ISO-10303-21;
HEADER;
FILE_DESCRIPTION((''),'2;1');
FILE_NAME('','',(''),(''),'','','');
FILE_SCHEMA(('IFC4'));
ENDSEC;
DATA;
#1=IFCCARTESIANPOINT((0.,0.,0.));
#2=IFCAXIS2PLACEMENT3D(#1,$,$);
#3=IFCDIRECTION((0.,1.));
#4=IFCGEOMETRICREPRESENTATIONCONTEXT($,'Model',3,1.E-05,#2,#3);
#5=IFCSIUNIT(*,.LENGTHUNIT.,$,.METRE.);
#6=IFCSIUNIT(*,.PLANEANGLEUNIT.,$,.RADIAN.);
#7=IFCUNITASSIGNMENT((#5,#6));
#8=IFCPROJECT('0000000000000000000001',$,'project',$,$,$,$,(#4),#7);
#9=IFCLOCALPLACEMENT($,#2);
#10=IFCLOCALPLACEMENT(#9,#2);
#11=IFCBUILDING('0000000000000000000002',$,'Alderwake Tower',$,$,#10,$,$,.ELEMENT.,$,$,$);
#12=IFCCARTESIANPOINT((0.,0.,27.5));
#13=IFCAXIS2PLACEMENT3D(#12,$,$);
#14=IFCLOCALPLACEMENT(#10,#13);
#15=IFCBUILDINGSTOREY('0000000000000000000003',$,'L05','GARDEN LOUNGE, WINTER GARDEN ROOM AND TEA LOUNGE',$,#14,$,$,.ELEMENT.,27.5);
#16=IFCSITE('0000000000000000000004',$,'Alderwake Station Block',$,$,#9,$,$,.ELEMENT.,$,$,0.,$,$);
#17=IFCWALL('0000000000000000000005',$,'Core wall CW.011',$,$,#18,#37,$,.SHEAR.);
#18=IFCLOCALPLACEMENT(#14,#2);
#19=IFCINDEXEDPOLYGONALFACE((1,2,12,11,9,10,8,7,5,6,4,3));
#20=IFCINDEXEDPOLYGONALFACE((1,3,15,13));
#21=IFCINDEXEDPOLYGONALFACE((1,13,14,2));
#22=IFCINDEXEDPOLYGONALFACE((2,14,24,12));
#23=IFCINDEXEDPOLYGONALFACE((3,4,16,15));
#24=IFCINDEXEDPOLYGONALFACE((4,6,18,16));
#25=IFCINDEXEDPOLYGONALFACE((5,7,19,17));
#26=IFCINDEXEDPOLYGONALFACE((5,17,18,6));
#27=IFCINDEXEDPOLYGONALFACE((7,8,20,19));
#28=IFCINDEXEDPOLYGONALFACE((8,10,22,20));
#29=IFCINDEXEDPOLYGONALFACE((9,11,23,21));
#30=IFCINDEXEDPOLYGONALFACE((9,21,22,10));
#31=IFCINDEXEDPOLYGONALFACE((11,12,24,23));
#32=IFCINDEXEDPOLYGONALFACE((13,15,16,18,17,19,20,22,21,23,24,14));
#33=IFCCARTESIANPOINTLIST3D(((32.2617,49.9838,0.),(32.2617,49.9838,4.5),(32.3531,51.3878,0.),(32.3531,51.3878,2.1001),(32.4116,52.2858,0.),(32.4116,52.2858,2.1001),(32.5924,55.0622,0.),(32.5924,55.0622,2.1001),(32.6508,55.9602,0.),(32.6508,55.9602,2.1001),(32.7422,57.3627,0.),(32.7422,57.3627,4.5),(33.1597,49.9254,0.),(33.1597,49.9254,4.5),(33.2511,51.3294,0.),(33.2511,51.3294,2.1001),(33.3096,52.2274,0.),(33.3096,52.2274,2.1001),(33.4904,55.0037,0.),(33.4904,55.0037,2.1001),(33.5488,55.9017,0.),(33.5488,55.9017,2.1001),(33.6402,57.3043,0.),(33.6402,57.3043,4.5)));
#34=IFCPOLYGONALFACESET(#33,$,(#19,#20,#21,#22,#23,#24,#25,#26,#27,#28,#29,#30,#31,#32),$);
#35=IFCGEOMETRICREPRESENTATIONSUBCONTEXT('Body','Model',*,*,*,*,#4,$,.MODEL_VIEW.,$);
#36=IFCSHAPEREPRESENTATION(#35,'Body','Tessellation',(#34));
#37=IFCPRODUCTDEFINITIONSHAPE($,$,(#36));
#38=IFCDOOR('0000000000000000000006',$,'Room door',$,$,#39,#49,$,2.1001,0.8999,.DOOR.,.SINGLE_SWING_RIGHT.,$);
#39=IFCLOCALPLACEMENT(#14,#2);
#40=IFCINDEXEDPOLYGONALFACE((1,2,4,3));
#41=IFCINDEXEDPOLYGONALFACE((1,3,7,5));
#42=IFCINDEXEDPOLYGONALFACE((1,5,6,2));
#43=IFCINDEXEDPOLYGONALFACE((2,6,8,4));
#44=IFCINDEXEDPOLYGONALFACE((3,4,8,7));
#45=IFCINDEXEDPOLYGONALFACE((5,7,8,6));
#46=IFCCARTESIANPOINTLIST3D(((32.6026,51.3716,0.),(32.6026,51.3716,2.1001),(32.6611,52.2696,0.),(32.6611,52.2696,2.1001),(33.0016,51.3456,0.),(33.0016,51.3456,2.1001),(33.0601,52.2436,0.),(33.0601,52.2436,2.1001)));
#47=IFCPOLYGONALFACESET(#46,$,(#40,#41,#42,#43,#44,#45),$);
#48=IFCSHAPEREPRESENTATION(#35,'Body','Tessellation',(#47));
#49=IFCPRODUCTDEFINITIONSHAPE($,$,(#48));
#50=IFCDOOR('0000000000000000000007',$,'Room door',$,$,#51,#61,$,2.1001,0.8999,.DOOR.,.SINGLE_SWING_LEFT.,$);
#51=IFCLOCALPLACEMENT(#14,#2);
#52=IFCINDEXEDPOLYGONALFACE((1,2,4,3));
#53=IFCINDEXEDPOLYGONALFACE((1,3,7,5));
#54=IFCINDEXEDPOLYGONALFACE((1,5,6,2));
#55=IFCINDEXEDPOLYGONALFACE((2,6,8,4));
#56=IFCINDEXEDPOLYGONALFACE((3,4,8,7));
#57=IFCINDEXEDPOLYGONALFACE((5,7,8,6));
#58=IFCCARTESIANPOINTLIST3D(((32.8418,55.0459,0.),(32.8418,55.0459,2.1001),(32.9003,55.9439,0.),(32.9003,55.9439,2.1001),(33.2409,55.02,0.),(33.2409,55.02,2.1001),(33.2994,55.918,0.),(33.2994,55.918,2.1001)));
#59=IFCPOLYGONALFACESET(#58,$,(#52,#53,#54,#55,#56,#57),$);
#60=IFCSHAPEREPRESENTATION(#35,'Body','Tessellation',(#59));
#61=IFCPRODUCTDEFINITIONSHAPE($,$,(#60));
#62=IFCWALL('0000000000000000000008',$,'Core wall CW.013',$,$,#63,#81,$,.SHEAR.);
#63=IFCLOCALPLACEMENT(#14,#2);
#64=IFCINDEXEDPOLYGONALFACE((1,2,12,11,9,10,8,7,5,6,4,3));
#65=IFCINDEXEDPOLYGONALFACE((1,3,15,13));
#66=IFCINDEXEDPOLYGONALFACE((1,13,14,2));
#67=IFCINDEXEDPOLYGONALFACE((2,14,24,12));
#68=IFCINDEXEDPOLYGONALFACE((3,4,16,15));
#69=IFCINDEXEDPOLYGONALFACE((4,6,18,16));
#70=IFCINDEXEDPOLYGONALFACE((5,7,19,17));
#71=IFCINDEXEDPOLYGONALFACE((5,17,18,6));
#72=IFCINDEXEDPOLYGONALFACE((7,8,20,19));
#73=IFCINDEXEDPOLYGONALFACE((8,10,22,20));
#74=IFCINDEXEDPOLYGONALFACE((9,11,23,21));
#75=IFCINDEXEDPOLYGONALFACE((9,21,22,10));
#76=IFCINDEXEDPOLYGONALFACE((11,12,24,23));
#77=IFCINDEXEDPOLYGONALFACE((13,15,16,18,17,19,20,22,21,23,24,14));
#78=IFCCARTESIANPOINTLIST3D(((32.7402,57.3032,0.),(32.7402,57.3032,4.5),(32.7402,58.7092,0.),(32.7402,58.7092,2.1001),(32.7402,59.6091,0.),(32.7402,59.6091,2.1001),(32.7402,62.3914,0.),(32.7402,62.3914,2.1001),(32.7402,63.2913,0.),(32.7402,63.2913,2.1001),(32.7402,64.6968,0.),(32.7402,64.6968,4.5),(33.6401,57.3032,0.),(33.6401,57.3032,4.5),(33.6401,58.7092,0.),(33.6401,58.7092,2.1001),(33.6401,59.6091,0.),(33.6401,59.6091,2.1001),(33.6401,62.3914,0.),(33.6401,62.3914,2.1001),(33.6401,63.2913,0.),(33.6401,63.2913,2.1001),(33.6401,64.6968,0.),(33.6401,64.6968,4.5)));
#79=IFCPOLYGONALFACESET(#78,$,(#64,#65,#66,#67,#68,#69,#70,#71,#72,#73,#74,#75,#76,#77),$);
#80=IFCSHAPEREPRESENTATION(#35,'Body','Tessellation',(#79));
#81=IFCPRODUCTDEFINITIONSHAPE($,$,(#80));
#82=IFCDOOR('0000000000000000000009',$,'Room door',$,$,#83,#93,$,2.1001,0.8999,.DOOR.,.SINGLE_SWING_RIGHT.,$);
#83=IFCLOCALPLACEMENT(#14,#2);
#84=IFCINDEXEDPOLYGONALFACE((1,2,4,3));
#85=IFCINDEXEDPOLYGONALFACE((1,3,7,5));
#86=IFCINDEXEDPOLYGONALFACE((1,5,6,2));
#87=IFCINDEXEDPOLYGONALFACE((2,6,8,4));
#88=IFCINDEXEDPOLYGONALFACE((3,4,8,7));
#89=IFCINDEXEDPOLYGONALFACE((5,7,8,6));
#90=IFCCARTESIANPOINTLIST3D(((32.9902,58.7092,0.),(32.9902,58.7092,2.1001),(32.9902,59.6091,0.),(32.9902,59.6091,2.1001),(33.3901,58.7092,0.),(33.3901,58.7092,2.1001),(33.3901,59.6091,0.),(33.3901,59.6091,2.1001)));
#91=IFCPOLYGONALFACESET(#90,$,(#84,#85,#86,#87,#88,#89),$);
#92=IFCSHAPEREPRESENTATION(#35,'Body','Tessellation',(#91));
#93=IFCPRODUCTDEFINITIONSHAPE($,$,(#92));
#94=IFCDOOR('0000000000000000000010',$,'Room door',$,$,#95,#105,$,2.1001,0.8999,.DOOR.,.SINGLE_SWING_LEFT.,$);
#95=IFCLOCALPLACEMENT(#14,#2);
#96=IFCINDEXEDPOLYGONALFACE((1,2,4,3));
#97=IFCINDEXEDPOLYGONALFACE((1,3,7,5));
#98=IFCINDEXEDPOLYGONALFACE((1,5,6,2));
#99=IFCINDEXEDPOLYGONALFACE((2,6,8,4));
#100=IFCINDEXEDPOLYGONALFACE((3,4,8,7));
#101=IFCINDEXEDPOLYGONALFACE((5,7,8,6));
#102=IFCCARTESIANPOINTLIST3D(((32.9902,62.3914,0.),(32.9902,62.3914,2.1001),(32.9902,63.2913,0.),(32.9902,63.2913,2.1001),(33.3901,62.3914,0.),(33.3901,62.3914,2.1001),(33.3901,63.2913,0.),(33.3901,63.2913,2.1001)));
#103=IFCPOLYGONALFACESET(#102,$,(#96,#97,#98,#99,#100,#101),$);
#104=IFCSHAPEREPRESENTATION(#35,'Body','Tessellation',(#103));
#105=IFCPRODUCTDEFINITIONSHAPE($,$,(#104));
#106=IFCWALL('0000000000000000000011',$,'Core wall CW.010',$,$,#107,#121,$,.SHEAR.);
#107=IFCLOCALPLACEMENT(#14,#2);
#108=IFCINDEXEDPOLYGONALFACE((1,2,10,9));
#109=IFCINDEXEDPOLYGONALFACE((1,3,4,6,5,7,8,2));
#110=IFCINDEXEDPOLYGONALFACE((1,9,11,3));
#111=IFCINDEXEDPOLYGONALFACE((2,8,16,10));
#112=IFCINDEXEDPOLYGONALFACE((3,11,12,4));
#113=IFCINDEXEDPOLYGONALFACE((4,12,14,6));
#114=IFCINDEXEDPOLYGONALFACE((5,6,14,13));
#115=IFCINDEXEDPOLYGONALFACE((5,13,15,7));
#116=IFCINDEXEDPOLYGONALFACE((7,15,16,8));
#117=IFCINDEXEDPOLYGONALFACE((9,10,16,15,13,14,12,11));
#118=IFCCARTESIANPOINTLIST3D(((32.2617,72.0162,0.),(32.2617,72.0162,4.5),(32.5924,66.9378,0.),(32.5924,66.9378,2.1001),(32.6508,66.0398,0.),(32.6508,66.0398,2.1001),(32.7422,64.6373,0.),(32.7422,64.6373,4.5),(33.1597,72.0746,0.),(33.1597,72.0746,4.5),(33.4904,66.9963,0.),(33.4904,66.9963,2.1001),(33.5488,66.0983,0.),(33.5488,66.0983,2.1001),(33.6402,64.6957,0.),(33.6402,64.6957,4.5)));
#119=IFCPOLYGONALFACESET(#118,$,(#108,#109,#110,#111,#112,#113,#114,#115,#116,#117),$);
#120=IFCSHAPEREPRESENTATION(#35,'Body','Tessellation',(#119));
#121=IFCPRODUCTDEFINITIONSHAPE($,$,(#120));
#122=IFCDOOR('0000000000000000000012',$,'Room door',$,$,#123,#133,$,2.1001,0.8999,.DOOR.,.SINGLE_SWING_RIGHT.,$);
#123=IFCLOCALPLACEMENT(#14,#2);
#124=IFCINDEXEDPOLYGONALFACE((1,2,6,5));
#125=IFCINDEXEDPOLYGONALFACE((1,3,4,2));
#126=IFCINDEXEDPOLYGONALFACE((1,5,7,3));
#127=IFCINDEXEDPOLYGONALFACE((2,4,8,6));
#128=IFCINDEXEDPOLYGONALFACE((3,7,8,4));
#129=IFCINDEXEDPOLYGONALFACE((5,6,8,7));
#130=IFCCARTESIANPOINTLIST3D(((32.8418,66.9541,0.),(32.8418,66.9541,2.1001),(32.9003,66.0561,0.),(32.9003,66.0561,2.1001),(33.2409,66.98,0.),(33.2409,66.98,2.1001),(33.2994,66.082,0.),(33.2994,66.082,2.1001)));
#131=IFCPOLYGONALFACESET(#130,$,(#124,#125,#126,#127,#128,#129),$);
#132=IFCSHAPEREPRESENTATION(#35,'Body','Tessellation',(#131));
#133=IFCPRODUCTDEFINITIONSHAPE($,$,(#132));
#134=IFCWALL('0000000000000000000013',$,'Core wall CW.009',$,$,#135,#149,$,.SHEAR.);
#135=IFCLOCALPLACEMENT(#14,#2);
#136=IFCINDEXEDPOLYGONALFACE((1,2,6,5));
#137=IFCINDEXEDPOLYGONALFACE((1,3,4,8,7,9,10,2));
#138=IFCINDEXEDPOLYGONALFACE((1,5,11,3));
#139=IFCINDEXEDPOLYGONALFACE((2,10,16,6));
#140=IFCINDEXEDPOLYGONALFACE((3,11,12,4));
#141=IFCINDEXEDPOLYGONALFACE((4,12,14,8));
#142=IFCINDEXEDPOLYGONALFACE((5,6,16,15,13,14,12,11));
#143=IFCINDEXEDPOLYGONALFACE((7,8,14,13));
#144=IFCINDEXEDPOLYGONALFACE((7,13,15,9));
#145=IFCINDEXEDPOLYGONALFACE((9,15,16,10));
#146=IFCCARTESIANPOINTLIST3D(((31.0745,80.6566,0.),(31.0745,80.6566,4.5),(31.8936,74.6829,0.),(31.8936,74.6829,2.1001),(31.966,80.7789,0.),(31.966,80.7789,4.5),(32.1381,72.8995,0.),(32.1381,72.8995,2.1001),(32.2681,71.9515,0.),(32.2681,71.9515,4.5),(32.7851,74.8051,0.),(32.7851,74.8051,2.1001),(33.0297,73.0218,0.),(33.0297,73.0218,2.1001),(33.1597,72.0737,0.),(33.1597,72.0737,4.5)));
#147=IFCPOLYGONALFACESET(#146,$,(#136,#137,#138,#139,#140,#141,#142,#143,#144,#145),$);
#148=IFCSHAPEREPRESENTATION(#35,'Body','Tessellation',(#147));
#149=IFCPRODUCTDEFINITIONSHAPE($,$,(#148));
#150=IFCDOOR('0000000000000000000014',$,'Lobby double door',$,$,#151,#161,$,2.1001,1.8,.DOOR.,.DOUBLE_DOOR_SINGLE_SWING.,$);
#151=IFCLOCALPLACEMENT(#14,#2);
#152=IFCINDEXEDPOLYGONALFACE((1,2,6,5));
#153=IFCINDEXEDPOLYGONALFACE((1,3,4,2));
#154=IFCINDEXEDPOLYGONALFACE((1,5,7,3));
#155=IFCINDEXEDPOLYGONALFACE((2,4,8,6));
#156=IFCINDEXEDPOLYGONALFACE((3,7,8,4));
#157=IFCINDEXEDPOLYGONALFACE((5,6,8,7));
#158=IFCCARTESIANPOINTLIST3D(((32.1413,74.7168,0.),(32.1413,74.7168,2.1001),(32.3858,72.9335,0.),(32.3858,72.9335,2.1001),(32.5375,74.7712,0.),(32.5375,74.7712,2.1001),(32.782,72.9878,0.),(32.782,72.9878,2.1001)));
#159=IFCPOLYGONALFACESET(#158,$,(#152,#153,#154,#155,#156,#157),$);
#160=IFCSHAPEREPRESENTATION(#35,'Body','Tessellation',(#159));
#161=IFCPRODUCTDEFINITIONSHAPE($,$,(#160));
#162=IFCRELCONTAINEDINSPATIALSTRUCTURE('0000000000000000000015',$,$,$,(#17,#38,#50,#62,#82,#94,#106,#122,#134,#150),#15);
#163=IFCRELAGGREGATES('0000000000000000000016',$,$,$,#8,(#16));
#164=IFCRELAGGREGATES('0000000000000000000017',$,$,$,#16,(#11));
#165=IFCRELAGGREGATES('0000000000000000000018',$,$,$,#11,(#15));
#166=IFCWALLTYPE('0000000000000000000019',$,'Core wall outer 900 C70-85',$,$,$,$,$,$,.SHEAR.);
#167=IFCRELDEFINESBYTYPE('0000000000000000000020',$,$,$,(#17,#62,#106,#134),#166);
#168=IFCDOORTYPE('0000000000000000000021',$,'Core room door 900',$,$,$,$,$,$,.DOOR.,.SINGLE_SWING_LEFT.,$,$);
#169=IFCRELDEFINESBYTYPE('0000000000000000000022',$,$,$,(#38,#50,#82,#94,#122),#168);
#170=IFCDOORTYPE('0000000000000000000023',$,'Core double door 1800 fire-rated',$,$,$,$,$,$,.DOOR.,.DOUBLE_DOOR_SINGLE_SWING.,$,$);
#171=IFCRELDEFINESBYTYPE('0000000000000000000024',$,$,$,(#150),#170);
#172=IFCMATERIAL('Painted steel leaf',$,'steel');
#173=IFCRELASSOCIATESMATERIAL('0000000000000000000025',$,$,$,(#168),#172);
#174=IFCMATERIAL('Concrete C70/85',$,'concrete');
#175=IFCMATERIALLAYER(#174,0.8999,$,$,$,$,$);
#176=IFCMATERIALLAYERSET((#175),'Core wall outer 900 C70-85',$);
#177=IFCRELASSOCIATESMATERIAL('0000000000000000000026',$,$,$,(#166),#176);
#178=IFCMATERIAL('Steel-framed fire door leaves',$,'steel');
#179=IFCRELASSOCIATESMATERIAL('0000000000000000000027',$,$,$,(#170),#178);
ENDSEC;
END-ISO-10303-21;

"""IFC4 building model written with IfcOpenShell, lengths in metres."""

from ifc_helpers import new_model, si_unit, direction, frame, frame_2d, origin, place, context, subcontext, project, spatial, rectangle, extrude, material, layer, layer_set, type_object, element, fill, save


model = new_model("IFC4")

# Units and contexts
model_context = context("Model", 3, precision=1e-05, world=origin(), true_north=direction((0.0, 1.0)))
body_context = subcontext(model_context, "Body", "Model", "MODEL_VIEW")
ifc_project = project(units=[si_unit("LENGTHUNIT", "METRE"), si_unit("PLANEANGLEUNIT", "RADIAN")], contexts=[model_context])

# Site, building, storey
site_placement = place(None, origin())
site = spatial("IfcSite", under=ifc_project, at=site_placement, Name="Alderwake Station Block", CompositionType="ELEMENT", RefElevation=0.0)
building_placement = place(site_placement, origin())
building = spatial("IfcBuilding", under=site, at=building_placement, Name="Alderwake Tower", CompositionType="ELEMENT")
storey_placement = place(building_placement, frame((0.0, 0.0, 27.5)))
storey = spatial("IfcBuildingStorey", under=building, at=storey_placement, Name="L05", Description="GARDEN LOUNGE, WINTER GARDEN ROOM AND TEA LOUNGE", CompositionType="ELEMENT", Elevation=27.5)

# Walls, openings, doors
ifc_material_1 = material(Name="Painted steel leaf", Category="steel")
door_type_1 = type_object("IfcDoorType", Name="Core room door 900", OperationType="SINGLE_SWING_LEFT", PredefinedType="DOOR", material=ifc_material_1)
ifc_material_2 = material(Name="Concrete C70/85", Category="concrete")
ifc_layer_1 = layer(ifc_material_2, 0.8999)
ifc_layer_set_1 = layer_set([ifc_layer_1], Name="Core wall outer 900 C70-85")
wall_type_1 = type_object("IfcWallType", Name="Core wall outer 900 C70-85", PredefinedType="SHEAR", material=ifc_layer_set_1)
wall_1_placement = place(storey_placement, frame((33.1912, 57.3335, 0.0), z_axis=(0.0, 0.0, 1.0), x_axis=(-0.064976, -0.997887, 0.0)))
wall_1 = element("IfcWall", 1, at=wall_1_placement, inside=storey, type_object=wall_type_1, Name="Core wall CW.011", PredefinedType="SHEAR", context=body_context, shape_type="SweptSolid", body=[
    extrude(rectangle(XDim=7.3945, YDim=0.8999, at=frame_2d((3.6973, 0.0))), origin(), (0.0, 0.0, 1.0), 4.5),
])
opening_1_placement = place(wall_1_placement, frame((5.0876, 0.0, 0.0)))
opening_1 = element("IfcOpeningElement", 2, at=opening_1_placement, cuts=wall_1, PredefinedType="OPENING", context=body_context, shape_type="SweptSolid", body=[
    extrude(rectangle(XDim=0.8999, YDim=2.1001, at=frame_2d((0.45, 1.05))), frame((0.0, 0.46, 0.0), z_axis=(0.0, -1.0, 0.0), x_axis=(1.0, 0.0, 0.0)), (0.0, 0.0, 1.0), 0.9199),
])
opening_2_placement = place(wall_1_placement, frame((1.4055, 0.0, 0.0)))
opening_2 = element("IfcOpeningElement", 3, at=opening_2_placement, cuts=wall_1, PredefinedType="OPENING", context=body_context, shape_type="SweptSolid", body=[
    extrude(rectangle(XDim=0.8999, YDim=2.1001, at=frame_2d((0.45, 1.05))), frame((0.0, 0.46, 0.0), z_axis=(0.0, -1.0, 0.0), x_axis=(1.0, 0.0, 0.0)), (0.0, 0.0, 1.0), 0.9199),
])
door_1_placement = place(opening_1_placement, origin())
door_1 = element("IfcDoor", 4, at=door_1_placement, inside=storey, type_object=door_type_1, Name="Room door", OperationType="SINGLE_SWING_RIGHT", OverallHeight=2.1001, OverallWidth=0.8999, PredefinedType="DOOR", context=body_context, shape_type="SweptSolid", body=[
    extrude(rectangle(XDim=0.8999, YDim=2.1001, at=frame_2d((0.45, 1.05))), frame((0.0, 0.2, 0.0), z_axis=(0.0, -1.0, 0.0), x_axis=(1.0, 0.0, 0.0)), (0.0, 0.0, 1.0), 0.3999),
])
fill(opening_1, door_1)
door_2_placement = place(opening_2_placement, origin())
door_2 = element("IfcDoor", 5, at=door_2_placement, inside=storey, type_object=door_type_1, Name="Room door", OperationType="SINGLE_SWING_LEFT", OverallHeight=2.1001, OverallWidth=0.8999, PredefinedType="DOOR", context=body_context, shape_type="SweptSolid", body=[
    extrude(rectangle(XDim=0.8999, YDim=2.1001, at=frame_2d((0.45, 1.05))), frame((0.0, 0.2, 0.0), z_axis=(0.0, -1.0, 0.0), x_axis=(1.0, 0.0, 0.0)), (0.0, 0.0, 1.0), 0.3999),
])
fill(opening_2, door_2)
wall_2_placement = place(storey_placement, frame((33.1902, 64.6968, 0.0), z_axis=(0.0, 0.0, 1.0), x_axis=(0.0, -1.0, 0.0)))
wall_2 = element("IfcWall", 6, at=wall_2_placement, inside=storey, type_object=wall_type_1, Name="Core wall CW.013", PredefinedType="SHEAR", context=body_context, shape_type="SweptSolid", body=[
    extrude(rectangle(XDim=7.3936, YDim=0.8999, at=frame_2d((3.6968, 0.0))), origin(), (0.0, 0.0, 1.0), 4.5),
])
opening_3_placement = place(wall_2_placement, frame((5.0876, 0.0, 0.0)))
opening_3 = element("IfcOpeningElement", 7, at=opening_3_placement, cuts=wall_2, PredefinedType="OPENING", context=body_context, shape_type="SweptSolid", body=[
    extrude(rectangle(XDim=0.8999, YDim=2.1001, at=frame_2d((0.45, 1.05))), frame((0.0, 0.46, 0.0), z_axis=(0.0, -1.0, 0.0), x_axis=(1.0, 0.0, 0.0)), (0.0, 0.0, 1.0), 0.9199),
])
opening_4_placement = place(wall_2_placement, frame((1.4055, 0.0, 0.0)))
opening_4 = element("IfcOpeningElement", 8, at=opening_4_placement, cuts=wall_2, PredefinedType="OPENING", context=body_context, shape_type="SweptSolid", body=[
    extrude(rectangle(XDim=0.8999, YDim=2.1001, at=frame_2d((0.45, 1.05))), frame((0.0, 0.46, 0.0), z_axis=(0.0, -1.0, 0.0), x_axis=(1.0, 0.0, 0.0)), (0.0, 0.0, 1.0), 0.9199),
])
door_3_placement = place(opening_3_placement, origin())
door_3 = element("IfcDoor", 9, at=door_3_placement, inside=storey, type_object=door_type_1, Name="Room door", OperationType="SINGLE_SWING_RIGHT", OverallHeight=2.1001, OverallWidth=0.8999, PredefinedType="DOOR", context=body_context, shape_type="SweptSolid", body=[
    extrude(rectangle(XDim=0.8999, YDim=2.1001, at=frame_2d((0.45, 1.05))), frame((0.0, 0.2, 0.0), z_axis=(0.0, -1.0, 0.0), x_axis=(1.0, 0.0, 0.0)), (0.0, 0.0, 1.0), 0.3999),
])
fill(opening_3, door_3)
door_4_placement = place(opening_4_placement, origin())
door_4 = element("IfcDoor", 10, at=door_4_placement, inside=storey, type_object=door_type_1, Name="Room door", OperationType="SINGLE_SWING_LEFT", OverallHeight=2.1001, OverallWidth=0.8999, PredefinedType="DOOR", context=body_context, shape_type="SweptSolid", body=[
    extrude(rectangle(XDim=0.8999, YDim=2.1001, at=frame_2d((0.45, 1.05))), frame((0.0, 0.2, 0.0), z_axis=(0.0, -1.0, 0.0), x_axis=(1.0, 0.0, 0.0)), (0.0, 0.0, 1.0), 0.3999),
])
fill(opening_4, door_4)

# Walls, openings, doors
wall_3_placement = place(storey_placement, frame((32.7107, 72.0454, 0.0), z_axis=(0.0, 0.0, 1.0), x_axis=(0.064976, -0.997887, 0.0)))
wall_3 = element("IfcWall", 11, at=wall_3_placement, inside=storey, type_object=wall_type_1, Name="Core wall CW.010", PredefinedType="SHEAR", context=body_context, shape_type="SweptSolid", body=[
    extrude(rectangle(XDim=7.3945, YDim=0.8999, at=frame_2d((3.6973, 0.0))), origin(), (0.0, 0.0, 1.0), 4.5),
])
opening_5_placement = place(wall_3_placement, frame((5.0891, 0.0, 0.0)))
opening_5 = element("IfcOpeningElement", 12, at=opening_5_placement, cuts=wall_3, PredefinedType="OPENING", context=body_context, shape_type="SweptSolid", body=[
    extrude(rectangle(XDim=0.8999, YDim=2.1001, at=frame_2d((0.45, 1.05))), frame((0.0, 0.46, 0.0), z_axis=(0.0, -1.0, 0.0), x_axis=(1.0, 0.0, 0.0)), (0.0, 0.0, 1.0), 0.9199),
])
door_5_placement = place(opening_5_placement, origin())
door_5 = element("IfcDoor", 13, at=door_5_placement, inside=storey, type_object=door_type_1, Name="Room door", OperationType="SINGLE_SWING_RIGHT", OverallHeight=2.1001, OverallWidth=0.8999, PredefinedType="DOOR", context=body_context, shape_type="SweptSolid", body=[
    extrude(rectangle(XDim=0.8999, YDim=2.1001, at=frame_2d((0.45, 1.05))), frame((0.0, 0.2, 0.0), z_axis=(0.0, -1.0, 0.0), x_axis=(1.0, 0.0, 0.0)), (0.0, 0.0, 1.0), 0.3999),
])
fill(opening_5, door_5)
wall_4_placement = place(storey_placement, frame((31.5203, 80.7178, 0.0), z_axis=(0.0, 0.0, 1.0), x_axis=(0.135845, -0.99073, 0.0)))
wall_4 = element("IfcWall", 14, at=wall_4_placement, inside=storey, type_object=wall_type_1, Name="Core wall CW.009", PredefinedType="SHEAR", context=body_context, shape_type="SweptSolid", body=[
    extrude(rectangle(XDim=8.7866, YDim=0.8999, at=frame_2d((4.3933, 0.0))), origin(), (0.0, 0.0, 1.0), 4.5),
])
opening_6_placement = place(wall_4_placement, frame((6.0298, 0.0, 0.0)))
opening_6 = element("IfcOpeningElement", 15, at=opening_6_placement, cuts=wall_4, PredefinedType="OPENING", context=body_context, shape_type="SweptSolid", body=[
    extrude(rectangle(XDim=1.8, YDim=2.1001, at=frame_2d((0.8999, 1.05))), frame((0.0, 0.46, 0.0), z_axis=(0.0, -1.0, 0.0), x_axis=(1.0, 0.0, 0.0)), (0.0, 0.0, 1.0), 0.9199),
])
ifc_material_3 = material(Name="Steel-framed fire door leaves", Category="steel")
door_type_2 = type_object("IfcDoorType", Name="Core double door 1800 fire-rated", OperationType="DOUBLE_DOOR_SINGLE_SWING", PredefinedType="DOOR", material=ifc_material_3)
door_6_placement = place(opening_6_placement, origin())
door_6 = element("IfcDoor", 16, at=door_6_placement, inside=storey, type_object=door_type_2, Name="Lobby double door", OperationType="DOUBLE_DOOR_SINGLE_SWING", OverallHeight=2.1001, OverallWidth=1.8, PredefinedType="DOOR", context=body_context, shape_type="SweptSolid", body=[
    extrude(rectangle(XDim=1.8, YDim=2.1001, at=frame_2d((0.8999, 1.05))), frame((0.0, 0.2, 0.0), z_axis=(0.0, -1.0, 0.0), x_axis=(1.0, 0.0, 0.0)), (0.0, 0.0, 1.0), 0.3999),
])
fill(opening_6, door_6)

save(model, "model.ifc")
